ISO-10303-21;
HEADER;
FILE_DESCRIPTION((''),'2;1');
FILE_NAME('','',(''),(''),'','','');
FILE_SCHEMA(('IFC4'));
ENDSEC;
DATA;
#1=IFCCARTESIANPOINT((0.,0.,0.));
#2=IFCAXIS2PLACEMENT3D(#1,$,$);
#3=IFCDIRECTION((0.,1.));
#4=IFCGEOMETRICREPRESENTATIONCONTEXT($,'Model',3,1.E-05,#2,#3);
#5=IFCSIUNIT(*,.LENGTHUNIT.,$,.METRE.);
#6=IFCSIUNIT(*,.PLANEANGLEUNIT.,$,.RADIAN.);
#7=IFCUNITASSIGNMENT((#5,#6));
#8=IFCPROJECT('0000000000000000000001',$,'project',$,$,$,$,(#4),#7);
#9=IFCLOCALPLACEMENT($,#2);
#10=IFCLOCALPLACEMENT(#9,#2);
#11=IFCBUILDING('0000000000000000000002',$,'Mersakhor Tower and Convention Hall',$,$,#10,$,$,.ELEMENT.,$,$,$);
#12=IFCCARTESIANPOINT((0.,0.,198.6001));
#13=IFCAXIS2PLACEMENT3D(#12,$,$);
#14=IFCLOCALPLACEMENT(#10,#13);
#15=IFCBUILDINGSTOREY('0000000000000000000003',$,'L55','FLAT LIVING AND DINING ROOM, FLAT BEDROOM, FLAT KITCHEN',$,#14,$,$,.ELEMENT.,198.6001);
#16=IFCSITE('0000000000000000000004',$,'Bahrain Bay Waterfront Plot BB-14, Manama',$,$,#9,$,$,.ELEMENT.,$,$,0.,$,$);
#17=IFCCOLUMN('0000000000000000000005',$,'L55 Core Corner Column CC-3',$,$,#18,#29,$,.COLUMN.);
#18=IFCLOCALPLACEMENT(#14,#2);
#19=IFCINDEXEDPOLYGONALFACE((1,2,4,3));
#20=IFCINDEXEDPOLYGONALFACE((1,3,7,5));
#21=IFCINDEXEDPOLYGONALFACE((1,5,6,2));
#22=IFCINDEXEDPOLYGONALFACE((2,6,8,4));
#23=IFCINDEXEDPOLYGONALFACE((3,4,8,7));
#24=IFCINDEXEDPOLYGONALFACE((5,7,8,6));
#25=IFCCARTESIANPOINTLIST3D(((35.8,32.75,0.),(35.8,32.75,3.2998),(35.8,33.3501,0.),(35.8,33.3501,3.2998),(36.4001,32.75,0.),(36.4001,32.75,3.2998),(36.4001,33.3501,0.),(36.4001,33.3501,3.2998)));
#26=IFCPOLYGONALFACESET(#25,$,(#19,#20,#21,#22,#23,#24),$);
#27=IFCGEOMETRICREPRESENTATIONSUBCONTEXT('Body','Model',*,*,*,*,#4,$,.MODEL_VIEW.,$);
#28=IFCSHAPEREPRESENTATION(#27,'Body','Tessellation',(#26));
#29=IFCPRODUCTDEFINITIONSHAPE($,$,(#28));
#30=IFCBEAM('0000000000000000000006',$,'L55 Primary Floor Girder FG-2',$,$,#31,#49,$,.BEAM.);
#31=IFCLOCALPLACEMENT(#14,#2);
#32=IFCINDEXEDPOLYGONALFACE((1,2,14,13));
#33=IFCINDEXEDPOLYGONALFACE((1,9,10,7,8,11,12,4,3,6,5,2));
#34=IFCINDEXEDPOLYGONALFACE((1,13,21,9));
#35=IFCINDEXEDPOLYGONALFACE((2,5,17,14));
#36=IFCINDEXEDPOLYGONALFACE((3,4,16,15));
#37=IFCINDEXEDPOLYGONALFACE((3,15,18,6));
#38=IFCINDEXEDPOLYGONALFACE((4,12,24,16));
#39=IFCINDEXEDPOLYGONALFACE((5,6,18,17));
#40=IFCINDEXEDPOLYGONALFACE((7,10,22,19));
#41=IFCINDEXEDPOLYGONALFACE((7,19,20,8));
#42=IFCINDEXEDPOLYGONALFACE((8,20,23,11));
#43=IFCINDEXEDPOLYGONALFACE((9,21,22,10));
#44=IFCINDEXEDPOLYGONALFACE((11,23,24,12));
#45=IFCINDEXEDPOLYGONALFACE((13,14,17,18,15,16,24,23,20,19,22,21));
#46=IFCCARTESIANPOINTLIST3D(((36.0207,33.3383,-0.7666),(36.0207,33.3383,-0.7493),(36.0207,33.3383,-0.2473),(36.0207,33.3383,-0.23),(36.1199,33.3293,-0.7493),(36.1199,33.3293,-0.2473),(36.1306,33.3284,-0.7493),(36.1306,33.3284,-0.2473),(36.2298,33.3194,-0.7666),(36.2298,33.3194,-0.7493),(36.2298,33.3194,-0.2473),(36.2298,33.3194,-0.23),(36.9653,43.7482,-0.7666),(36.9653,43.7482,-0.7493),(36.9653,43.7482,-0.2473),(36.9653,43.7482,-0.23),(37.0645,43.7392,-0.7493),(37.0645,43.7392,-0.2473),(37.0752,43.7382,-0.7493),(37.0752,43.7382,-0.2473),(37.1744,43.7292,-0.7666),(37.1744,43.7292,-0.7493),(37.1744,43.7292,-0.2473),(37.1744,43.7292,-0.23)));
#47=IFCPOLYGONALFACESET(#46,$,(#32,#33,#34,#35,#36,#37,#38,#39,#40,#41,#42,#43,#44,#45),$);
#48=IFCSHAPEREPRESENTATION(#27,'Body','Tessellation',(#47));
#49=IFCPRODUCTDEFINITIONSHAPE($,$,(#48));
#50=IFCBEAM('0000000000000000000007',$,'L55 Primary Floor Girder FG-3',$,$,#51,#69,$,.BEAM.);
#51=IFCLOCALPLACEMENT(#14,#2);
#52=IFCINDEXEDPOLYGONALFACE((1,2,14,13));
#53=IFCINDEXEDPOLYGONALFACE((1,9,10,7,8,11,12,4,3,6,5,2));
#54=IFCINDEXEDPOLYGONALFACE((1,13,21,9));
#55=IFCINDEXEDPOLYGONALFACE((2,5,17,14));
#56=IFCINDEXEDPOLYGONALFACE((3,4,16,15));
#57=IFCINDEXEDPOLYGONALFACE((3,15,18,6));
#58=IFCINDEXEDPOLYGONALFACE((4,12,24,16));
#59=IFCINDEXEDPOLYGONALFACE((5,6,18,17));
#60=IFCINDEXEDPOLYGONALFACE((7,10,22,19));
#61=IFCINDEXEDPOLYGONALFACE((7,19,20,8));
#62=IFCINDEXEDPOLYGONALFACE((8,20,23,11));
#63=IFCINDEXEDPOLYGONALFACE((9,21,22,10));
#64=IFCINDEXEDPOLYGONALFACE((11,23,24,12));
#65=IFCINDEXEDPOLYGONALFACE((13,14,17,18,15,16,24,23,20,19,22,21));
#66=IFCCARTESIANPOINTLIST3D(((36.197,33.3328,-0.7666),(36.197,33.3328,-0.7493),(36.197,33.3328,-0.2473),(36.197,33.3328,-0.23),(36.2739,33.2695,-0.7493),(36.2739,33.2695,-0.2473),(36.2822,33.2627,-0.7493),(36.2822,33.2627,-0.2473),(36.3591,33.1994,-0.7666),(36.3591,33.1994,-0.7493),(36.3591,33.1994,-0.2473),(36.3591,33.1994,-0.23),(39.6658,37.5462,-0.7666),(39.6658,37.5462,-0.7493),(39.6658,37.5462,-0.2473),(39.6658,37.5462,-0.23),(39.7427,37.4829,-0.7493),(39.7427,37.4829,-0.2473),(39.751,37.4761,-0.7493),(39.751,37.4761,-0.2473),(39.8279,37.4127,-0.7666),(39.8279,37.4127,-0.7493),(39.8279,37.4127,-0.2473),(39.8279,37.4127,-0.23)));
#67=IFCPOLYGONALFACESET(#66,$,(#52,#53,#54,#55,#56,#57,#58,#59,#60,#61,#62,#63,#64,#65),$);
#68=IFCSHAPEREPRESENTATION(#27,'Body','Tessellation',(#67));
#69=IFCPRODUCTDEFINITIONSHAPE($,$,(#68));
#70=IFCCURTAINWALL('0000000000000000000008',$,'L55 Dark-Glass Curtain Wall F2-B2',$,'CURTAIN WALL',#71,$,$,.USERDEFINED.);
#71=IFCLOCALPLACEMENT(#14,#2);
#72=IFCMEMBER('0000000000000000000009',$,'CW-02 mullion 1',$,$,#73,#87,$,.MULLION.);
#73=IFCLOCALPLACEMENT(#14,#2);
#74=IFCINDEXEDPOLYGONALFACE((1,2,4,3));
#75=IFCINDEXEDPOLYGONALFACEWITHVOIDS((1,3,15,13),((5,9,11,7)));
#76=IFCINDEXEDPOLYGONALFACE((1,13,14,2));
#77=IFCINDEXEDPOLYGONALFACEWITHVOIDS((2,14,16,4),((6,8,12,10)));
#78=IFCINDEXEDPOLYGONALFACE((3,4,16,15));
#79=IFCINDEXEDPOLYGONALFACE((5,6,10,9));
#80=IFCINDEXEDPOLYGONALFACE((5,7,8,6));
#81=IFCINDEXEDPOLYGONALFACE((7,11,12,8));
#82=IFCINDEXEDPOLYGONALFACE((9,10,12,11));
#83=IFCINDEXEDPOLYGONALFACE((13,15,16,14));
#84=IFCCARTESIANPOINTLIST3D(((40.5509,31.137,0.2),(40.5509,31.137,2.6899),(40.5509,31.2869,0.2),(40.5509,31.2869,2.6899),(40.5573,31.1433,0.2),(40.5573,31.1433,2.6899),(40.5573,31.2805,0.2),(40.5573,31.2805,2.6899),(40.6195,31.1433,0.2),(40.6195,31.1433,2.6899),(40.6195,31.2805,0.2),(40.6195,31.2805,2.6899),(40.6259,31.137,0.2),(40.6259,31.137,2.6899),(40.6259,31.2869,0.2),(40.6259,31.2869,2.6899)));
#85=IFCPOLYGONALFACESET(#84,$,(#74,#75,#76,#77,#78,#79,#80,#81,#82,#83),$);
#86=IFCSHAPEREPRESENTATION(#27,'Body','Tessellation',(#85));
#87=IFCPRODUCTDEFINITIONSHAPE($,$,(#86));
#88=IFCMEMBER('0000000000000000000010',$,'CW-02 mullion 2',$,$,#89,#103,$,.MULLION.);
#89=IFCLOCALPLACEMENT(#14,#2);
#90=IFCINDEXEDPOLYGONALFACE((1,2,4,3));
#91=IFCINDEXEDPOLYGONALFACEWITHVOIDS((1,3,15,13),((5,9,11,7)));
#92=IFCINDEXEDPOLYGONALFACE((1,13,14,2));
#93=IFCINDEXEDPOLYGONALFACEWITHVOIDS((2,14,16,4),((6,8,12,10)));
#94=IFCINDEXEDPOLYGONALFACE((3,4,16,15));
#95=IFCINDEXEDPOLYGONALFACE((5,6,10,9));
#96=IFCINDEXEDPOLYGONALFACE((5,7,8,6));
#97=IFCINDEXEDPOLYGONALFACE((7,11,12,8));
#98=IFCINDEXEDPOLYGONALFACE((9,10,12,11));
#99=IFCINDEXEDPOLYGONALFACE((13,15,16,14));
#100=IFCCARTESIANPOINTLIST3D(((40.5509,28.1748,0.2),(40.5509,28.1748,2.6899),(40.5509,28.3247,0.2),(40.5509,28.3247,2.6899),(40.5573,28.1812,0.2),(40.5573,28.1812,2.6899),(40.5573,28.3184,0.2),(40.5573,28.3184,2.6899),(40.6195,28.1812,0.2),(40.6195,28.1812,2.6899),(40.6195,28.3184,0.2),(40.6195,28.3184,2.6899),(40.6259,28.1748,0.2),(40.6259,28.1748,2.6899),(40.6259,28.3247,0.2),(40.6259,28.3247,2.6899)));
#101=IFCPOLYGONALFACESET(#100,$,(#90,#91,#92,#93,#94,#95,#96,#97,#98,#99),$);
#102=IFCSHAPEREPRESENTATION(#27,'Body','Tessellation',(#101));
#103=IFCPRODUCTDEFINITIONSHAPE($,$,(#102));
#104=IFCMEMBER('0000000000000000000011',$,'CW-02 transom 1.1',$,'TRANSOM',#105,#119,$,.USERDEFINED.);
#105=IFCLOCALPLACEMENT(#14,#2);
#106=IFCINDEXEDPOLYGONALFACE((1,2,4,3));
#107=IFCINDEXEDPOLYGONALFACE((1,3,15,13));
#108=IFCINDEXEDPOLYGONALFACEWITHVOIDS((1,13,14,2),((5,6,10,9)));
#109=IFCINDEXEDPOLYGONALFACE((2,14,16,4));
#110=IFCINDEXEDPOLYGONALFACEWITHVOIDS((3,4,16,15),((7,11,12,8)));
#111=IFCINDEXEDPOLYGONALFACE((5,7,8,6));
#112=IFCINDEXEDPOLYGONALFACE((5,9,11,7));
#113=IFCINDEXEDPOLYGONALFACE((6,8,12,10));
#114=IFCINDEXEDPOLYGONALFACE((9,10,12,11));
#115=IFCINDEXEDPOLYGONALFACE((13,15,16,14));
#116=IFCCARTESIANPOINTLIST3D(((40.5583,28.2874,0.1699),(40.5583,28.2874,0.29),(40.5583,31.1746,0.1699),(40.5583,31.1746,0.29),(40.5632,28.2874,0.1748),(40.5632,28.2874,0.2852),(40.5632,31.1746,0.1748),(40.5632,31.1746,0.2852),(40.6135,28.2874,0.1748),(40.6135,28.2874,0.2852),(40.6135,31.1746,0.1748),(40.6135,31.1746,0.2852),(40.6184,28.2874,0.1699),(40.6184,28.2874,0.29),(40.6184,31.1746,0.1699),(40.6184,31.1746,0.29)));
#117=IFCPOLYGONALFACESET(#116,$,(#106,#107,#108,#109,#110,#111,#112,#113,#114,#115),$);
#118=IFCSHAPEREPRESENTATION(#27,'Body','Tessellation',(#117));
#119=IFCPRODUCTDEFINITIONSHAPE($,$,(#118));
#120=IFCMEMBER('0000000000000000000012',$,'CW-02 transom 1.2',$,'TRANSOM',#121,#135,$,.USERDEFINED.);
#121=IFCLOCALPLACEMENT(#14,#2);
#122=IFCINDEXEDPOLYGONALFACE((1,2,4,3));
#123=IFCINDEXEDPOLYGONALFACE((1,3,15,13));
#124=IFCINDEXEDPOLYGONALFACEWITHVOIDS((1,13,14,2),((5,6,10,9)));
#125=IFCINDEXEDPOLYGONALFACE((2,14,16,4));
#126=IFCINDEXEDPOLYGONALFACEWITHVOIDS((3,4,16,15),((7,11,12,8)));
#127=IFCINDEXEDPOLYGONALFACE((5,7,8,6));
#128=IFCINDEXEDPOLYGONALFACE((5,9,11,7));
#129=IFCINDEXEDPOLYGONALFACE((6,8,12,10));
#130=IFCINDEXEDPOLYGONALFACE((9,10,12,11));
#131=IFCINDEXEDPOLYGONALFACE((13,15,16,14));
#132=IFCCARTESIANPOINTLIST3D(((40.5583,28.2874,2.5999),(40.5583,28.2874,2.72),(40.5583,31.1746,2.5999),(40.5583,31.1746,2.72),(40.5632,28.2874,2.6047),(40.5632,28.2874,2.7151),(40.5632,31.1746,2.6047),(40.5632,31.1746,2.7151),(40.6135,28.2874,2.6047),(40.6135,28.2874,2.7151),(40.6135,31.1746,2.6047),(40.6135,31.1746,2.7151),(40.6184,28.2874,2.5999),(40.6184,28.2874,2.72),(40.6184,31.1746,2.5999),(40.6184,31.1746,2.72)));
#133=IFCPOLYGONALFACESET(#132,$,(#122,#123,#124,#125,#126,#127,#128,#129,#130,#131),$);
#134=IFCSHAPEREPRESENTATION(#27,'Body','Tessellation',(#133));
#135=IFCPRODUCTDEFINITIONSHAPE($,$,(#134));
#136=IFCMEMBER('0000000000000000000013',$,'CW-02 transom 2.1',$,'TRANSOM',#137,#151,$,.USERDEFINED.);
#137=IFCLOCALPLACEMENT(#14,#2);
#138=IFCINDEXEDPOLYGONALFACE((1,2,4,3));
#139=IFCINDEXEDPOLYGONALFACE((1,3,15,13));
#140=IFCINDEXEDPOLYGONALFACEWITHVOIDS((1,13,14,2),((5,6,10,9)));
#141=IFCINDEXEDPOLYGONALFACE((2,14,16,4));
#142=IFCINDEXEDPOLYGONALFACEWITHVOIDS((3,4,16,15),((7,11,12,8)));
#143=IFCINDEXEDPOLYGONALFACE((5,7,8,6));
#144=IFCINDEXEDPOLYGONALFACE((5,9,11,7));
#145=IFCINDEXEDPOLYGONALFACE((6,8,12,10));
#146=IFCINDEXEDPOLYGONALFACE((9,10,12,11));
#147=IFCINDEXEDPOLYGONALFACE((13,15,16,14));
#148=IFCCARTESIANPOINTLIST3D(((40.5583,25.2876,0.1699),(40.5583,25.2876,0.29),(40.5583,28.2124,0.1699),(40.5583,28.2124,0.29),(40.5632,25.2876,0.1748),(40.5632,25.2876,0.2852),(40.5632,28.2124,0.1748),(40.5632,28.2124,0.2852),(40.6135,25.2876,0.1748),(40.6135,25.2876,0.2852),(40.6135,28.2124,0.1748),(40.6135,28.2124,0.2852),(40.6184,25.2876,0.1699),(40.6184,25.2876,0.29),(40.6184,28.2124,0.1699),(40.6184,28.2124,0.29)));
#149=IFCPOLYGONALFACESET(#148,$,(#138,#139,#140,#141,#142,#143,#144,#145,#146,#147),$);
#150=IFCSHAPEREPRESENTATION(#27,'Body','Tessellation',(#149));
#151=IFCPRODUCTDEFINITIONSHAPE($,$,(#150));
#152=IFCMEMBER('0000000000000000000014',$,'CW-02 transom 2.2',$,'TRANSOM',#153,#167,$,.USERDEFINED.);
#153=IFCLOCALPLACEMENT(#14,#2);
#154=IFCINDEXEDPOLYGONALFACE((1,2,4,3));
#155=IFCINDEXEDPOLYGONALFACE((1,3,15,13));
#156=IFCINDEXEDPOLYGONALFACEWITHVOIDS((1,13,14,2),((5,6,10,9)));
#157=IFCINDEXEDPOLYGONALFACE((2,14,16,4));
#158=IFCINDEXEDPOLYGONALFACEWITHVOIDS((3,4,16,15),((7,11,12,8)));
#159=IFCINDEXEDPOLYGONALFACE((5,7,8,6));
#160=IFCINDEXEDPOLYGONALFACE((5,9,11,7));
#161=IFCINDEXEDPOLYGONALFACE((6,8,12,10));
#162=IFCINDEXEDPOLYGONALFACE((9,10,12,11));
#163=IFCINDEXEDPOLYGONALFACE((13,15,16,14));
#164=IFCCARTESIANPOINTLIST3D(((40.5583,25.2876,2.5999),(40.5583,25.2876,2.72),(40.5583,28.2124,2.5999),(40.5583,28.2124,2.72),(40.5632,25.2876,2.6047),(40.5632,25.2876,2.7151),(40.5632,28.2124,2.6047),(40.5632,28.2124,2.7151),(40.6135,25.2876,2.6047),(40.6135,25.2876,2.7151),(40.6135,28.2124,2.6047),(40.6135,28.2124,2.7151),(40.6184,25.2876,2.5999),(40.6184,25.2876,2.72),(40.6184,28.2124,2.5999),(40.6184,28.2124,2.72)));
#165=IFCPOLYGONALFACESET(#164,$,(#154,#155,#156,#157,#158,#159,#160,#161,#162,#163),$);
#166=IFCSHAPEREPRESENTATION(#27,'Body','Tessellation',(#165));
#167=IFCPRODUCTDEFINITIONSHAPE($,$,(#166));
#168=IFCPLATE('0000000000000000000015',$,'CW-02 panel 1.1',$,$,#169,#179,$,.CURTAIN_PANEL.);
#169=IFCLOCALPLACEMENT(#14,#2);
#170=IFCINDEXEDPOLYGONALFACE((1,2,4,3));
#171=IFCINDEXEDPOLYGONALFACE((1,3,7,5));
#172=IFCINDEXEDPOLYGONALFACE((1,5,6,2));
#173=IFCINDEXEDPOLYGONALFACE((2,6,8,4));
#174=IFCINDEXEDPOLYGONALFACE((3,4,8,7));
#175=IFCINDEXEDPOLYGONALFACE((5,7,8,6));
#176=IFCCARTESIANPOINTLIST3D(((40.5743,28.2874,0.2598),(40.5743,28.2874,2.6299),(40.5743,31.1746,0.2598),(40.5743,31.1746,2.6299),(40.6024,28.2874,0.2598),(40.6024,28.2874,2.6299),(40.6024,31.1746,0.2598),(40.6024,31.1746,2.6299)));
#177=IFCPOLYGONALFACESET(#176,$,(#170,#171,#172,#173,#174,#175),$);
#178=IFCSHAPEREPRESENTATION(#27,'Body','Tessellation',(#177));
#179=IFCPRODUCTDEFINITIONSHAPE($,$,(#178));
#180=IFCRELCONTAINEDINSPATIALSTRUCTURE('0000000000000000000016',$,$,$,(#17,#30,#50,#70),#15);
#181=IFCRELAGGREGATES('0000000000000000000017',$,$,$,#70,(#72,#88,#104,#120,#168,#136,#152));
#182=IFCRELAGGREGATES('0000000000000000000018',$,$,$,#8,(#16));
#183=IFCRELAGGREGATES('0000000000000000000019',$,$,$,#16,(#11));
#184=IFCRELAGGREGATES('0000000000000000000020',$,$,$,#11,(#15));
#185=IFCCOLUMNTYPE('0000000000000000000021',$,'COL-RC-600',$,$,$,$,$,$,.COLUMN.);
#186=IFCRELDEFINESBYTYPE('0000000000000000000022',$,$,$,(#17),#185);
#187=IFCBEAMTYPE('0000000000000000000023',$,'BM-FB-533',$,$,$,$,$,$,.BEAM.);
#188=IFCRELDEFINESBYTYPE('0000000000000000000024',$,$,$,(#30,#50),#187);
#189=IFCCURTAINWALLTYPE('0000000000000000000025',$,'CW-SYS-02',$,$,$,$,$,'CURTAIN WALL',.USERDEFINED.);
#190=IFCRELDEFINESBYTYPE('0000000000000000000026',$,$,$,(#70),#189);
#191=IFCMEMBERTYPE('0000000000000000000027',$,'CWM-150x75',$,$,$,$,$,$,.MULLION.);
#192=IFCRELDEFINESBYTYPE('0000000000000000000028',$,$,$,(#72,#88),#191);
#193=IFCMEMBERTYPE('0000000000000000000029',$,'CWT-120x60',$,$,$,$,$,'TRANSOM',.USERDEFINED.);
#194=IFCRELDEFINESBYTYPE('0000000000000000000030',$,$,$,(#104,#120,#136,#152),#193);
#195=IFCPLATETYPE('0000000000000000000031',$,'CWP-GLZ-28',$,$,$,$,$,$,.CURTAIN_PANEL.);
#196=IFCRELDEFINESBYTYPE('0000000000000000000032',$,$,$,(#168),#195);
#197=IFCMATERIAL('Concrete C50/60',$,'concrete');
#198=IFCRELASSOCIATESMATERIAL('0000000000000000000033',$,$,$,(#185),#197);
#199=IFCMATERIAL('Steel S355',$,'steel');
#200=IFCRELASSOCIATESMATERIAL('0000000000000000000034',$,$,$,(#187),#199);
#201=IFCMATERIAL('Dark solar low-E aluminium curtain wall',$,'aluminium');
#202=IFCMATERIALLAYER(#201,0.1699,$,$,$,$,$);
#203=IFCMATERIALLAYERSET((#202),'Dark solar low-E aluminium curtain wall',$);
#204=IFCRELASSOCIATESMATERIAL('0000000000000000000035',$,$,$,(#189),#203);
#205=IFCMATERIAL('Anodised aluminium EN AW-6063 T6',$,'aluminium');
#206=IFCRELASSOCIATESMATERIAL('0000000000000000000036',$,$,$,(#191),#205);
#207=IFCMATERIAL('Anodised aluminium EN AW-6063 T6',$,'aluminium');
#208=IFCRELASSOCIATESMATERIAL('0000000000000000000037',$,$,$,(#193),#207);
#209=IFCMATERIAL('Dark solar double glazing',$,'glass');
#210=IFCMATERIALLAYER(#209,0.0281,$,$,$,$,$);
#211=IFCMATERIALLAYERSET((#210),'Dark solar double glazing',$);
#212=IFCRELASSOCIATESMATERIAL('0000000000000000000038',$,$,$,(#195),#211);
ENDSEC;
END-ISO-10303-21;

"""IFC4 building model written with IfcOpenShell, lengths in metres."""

from ifc_helpers import new_model, si_unit, direction, frame, origin, origin_2d, place, context, subcontext, project, spatial, rectangle, hollow_rectangle, i_section, extrude, material, layer, layer_set, material_profile, profile_set, type_object, element, aggregate, save


model = new_model("IFC4")

# Units and contexts
model_context = context("Model", 3, precision=1e-05, world=origin(), true_north=direction((0.0, 1.0)))
body_context = subcontext(model_context, "Body", "Model", "MODEL_VIEW")
ifc_project = project(units=[si_unit("LENGTHUNIT", "METRE"), si_unit("PLANEANGLEUNIT", "RADIAN")], contexts=[model_context])

# Site, building, storey
site_placement = place(None, origin())
site = spatial("IfcSite", under=ifc_project, at=site_placement, Name="Bahrain Bay Waterfront Plot BB-14, Manama", CompositionType="ELEMENT", RefElevation=0.0)
building_placement = place(site_placement, origin())
building = spatial("IfcBuilding", under=site, at=building_placement, Name="Mersakhor Tower and Convention Hall", CompositionType="ELEMENT")
storey_placement = place(building_placement, frame((0.0, 0.0, 198.6001)))
storey = spatial("IfcBuildingStorey", under=building, at=storey_placement, Name="L55", Description="FLAT LIVING AND DINING ROOM, FLAT BEDROOM, FLAT KITCHEN", CompositionType="ELEMENT", Elevation=198.6001)

# Column
ifc_material_1 = material(Name="Concrete C50/60", Category="concrete")
ifc_material_profile_1 = material_profile(ifc_material_1, rectangle(XDim=0.6001, YDim=0.6001, at=origin_2d()), Name="RC 600x600")
ifc_profile_set_1 = profile_set([ifc_material_profile_1], Name="Concrete C50/60")
column_type = type_object("IfcColumnType", Name="COL-RC-600", PredefinedType="COLUMN", material=ifc_profile_set_1)
column_placement = place(storey_placement, frame((36.1001, 33.05, 0.0), z_axis=(0.0, 0.0, 1.0), x_axis=(1.0, 0.0, 0.0)))
element("IfcColumn", 1, at=column_placement, inside=storey, type_object=column_type, Name="L55 Core Corner Column CC-3", PredefinedType="COLUMN", context=body_context, shape_type="SweptSolid", body=[
    extrude(rectangle(XDim=0.6001, YDim=0.6001, at=origin_2d()), origin(), (0.0, 0.0, 1.0), 3.2998),
])

# Beams
ifc_material_2 = material(Name="Steel S355", Category="steel")
ifc_material_profile_2 = material_profile(ifc_material_2, i_section(OverallWidth=0.21, OverallDepth=0.5366, WebThickness=0.0107, FlangeThickness=0.0173, at=origin_2d()), Name="UB 533x210x101")
ifc_profile_set_2 = profile_set([ifc_material_profile_2], Name="Steel S355")
beam_type = type_object("IfcBeamType", Name="BM-FB-533", PredefinedType="BEAM", material=ifc_profile_set_2)
beam_1_placement = place(storey_placement, frame((36.1252, 33.3289, -0.4983), z_axis=(0.090367, 0.995909, 0.0), x_axis=(-0.995909, 0.090367, 0.0)))
element("IfcBeam", 2, at=beam_1_placement, inside=storey, type_object=beam_type, Name="L55 Primary Floor Girder FG-2", PredefinedType="BEAM", context=body_context, shape_type="SweptSolid", body=[
    extrude(i_section(OverallWidth=0.21, OverallDepth=0.5366, WebThickness=0.0107, FlangeThickness=0.0173, at=origin_2d()), origin(), (0.0, 0.0, 1.0), 10.4526),
])
beam_2_placement = place(storey_placement, frame((36.2781, 33.2661, -0.4983), z_axis=(0.635588, 0.772028, 0.0), x_axis=(-0.772028, 0.635588, 0.0)))
element("IfcBeam", 3, at=beam_2_placement, inside=storey, type_object=beam_type, Name="L55 Primary Floor Girder FG-3", PredefinedType="BEAM", context=body_context, shape_type="SweptSolid", body=[
    extrude(i_section(OverallWidth=0.21, OverallDepth=0.5366, WebThickness=0.0107, FlangeThickness=0.0173, at=origin_2d()), origin(), (0.0, 0.0, 1.0), 5.4575),
])

# Curtain wall, members, plate
ifc_material_3 = material(Name="Dark solar low-E aluminium curtain wall", Category="aluminium")
ifc_layer_1 = layer(ifc_material_3, 0.1699)
ifc_layer_set_1 = layer_set([ifc_layer_1], Name="Dark solar low-E aluminium curtain wall")
curtain_wall_type = type_object("IfcCurtainWallType", Name="CW-SYS-02", ElementType="CURTAIN WALL", PredefinedType="USERDEFINED", material=ifc_layer_set_1)
curtain_wall_placement = place(storey_placement, origin())
curtain_wall = element("IfcCurtainWall", 4, at=curtain_wall_placement, inside=storey, type_object=curtain_wall_type, Name="L55 Dark-Glass Curtain Wall F2-B2", ObjectType="CURTAIN WALL", PredefinedType="USERDEFINED")
ifc_material_4 = material(Name="Anodised aluminium EN AW-6063 T6", Category="aluminium")
ifc_material_profile_3 = material_profile(ifc_material_4, hollow_rectangle(XDim=0.075, YDim=0.1499, WallThickness=0.0063, at=origin_2d()), Name="RHS 150x75x6.3")
ifc_profile_set_3 = profile_set([ifc_material_profile_3], Name="Anodised aluminium EN AW-6063 T6")
member_type_1 = type_object("IfcMemberType", Name="CWM-150x75", PredefinedType="MULLION", material=ifc_profile_set_3)
member_1_placement = place(storey_placement, frame((40.5884, 31.2119, 0.2), z_axis=(0.0, 0.0, 1.0), x_axis=(1.0, 0.0, 0.0)))
member_1 = element("IfcMember", 5, at=member_1_placement, type_object=member_type_1, Name="CW-02 mullion 1", PredefinedType="MULLION", context=body_context, shape_type="SweptSolid", body=[
    extrude(hollow_rectangle(XDim=0.075, YDim=0.1499, WallThickness=0.0063, at=origin_2d()), origin(), (0.0, 0.0, 1.0), 2.49),
])
member_2_placement = place(storey_placement, frame((40.5884, 28.2498, 0.2), z_axis=(0.0, 0.0, 1.0), x_axis=(1.0, 0.0, 0.0)))
member_2 = element("IfcMember", 6, at=member_2_placement, type_object=member_type_1, Name="CW-02 mullion 2", PredefinedType="MULLION", context=body_context, shape_type="SweptSolid", body=[
    extrude(hollow_rectangle(XDim=0.075, YDim=0.1499, WallThickness=0.0063, at=origin_2d()), origin(), (0.0, 0.0, 1.0), 2.49),
])
ifc_material_5 = material(Name="Anodised aluminium EN AW-6063 T6", Category="aluminium")
ifc_material_profile_4 = material_profile(ifc_material_5, hollow_rectangle(XDim=0.0601, YDim=0.1201, WallThickness=0.0049, at=origin_2d()), Name="RHS 120x60x5")
ifc_profile_set_4 = profile_set([ifc_material_profile_4], Name="Anodised aluminium EN AW-6063 T6")
member_type_2 = type_object("IfcMemberType", Name="CWT-120x60", ElementType="TRANSOM", PredefinedType="USERDEFINED", material=ifc_profile_set_4)
member_3_placement = place(storey_placement, frame((40.5884, 31.1746, 0.23), z_axis=(0.0, -1.0, 0.0), x_axis=(1.0, 0.0, 0.0)))
member_3 = element("IfcMember", 7, at=member_3_placement, type_object=member_type_2, Name="CW-02 transom 1.1", ObjectType="TRANSOM", PredefinedType="USERDEFINED", context=body_context, shape_type="SweptSolid", body=[
    extrude(hollow_rectangle(XDim=0.0601, YDim=0.1201, WallThickness=0.0049, at=origin_2d()), origin(), (0.0, 0.0, 1.0), 2.8872),
])
member_4_placement = place(storey_placement, frame((40.5884, 31.1746, 2.6599), z_axis=(0.0, -1.0, 0.0), x_axis=(1.0, 0.0, 0.0)))
member_4 = element("IfcMember", 8, at=member_4_placement, type_object=member_type_2, Name="CW-02 transom 1.2", ObjectType="TRANSOM", PredefinedType="USERDEFINED", context=body_context, shape_type="SweptSolid", body=[
    extrude(hollow_rectangle(XDim=0.0601, YDim=0.1201, WallThickness=0.0049, at=origin_2d()), origin(), (0.0, 0.0, 1.0), 2.8872),
])
member_5_placement = place(storey_placement, frame((40.5884, 28.2124, 0.23), z_axis=(0.0, -1.0, 0.0), x_axis=(1.0, 0.0, 0.0)))
member_5 = element("IfcMember", 9, at=member_5_placement, type_object=member_type_2, Name="CW-02 transom 2.1", ObjectType="TRANSOM", PredefinedType="USERDEFINED", context=body_context, shape_type="SweptSolid", body=[
    extrude(hollow_rectangle(XDim=0.0601, YDim=0.1201, WallThickness=0.0049, at=origin_2d()), origin(), (0.0, 0.0, 1.0), 2.9248),
])
member_6_placement = place(storey_placement, frame((40.5884, 28.2124, 2.6599), z_axis=(0.0, -1.0, 0.0), x_axis=(1.0, 0.0, 0.0)))
member_6 = element("IfcMember", 10, at=member_6_placement, type_object=member_type_2, Name="CW-02 transom 2.2", ObjectType="TRANSOM", PredefinedType="USERDEFINED", context=body_context, shape_type="SweptSolid", body=[
    extrude(hollow_rectangle(XDim=0.0601, YDim=0.1201, WallThickness=0.0049, at=origin_2d()), origin(), (0.0, 0.0, 1.0), 2.9248),
])
ifc_material_6 = material(Name="Dark solar double glazing", Category="glass")
ifc_layer_2 = layer(ifc_material_6, 0.0281)
ifc_layer_set_2 = layer_set([ifc_layer_2], Name="Dark solar double glazing")
plate_type_1 = type_object("IfcPlateType", Name="CWP-GLZ-28", PredefinedType="CURTAIN_PANEL", material=ifc_layer_set_2)
plate_1_placement = place(storey_placement, frame((40.5884, 29.731, 0.2598), z_axis=(0.0, 0.0, 1.0), x_axis=(0.0, -1.0, 0.0)))
plate_1 = element("IfcPlate", 11, at=plate_1_placement, type_object=plate_type_1, Name="CW-02 panel 1.1", PredefinedType="CURTAIN_PANEL", context=body_context, shape_type="SweptSolid", body=[
    extrude(rectangle(XDim=2.8872, YDim=0.0281, at=origin_2d()), origin(), (0.0, 0.0, 1.0), 2.3701),
])
aggregate(curtain_wall, [member_1, member_2, member_3, member_4, plate_1, member_5, member_6])

save(model, "model.ifc")
